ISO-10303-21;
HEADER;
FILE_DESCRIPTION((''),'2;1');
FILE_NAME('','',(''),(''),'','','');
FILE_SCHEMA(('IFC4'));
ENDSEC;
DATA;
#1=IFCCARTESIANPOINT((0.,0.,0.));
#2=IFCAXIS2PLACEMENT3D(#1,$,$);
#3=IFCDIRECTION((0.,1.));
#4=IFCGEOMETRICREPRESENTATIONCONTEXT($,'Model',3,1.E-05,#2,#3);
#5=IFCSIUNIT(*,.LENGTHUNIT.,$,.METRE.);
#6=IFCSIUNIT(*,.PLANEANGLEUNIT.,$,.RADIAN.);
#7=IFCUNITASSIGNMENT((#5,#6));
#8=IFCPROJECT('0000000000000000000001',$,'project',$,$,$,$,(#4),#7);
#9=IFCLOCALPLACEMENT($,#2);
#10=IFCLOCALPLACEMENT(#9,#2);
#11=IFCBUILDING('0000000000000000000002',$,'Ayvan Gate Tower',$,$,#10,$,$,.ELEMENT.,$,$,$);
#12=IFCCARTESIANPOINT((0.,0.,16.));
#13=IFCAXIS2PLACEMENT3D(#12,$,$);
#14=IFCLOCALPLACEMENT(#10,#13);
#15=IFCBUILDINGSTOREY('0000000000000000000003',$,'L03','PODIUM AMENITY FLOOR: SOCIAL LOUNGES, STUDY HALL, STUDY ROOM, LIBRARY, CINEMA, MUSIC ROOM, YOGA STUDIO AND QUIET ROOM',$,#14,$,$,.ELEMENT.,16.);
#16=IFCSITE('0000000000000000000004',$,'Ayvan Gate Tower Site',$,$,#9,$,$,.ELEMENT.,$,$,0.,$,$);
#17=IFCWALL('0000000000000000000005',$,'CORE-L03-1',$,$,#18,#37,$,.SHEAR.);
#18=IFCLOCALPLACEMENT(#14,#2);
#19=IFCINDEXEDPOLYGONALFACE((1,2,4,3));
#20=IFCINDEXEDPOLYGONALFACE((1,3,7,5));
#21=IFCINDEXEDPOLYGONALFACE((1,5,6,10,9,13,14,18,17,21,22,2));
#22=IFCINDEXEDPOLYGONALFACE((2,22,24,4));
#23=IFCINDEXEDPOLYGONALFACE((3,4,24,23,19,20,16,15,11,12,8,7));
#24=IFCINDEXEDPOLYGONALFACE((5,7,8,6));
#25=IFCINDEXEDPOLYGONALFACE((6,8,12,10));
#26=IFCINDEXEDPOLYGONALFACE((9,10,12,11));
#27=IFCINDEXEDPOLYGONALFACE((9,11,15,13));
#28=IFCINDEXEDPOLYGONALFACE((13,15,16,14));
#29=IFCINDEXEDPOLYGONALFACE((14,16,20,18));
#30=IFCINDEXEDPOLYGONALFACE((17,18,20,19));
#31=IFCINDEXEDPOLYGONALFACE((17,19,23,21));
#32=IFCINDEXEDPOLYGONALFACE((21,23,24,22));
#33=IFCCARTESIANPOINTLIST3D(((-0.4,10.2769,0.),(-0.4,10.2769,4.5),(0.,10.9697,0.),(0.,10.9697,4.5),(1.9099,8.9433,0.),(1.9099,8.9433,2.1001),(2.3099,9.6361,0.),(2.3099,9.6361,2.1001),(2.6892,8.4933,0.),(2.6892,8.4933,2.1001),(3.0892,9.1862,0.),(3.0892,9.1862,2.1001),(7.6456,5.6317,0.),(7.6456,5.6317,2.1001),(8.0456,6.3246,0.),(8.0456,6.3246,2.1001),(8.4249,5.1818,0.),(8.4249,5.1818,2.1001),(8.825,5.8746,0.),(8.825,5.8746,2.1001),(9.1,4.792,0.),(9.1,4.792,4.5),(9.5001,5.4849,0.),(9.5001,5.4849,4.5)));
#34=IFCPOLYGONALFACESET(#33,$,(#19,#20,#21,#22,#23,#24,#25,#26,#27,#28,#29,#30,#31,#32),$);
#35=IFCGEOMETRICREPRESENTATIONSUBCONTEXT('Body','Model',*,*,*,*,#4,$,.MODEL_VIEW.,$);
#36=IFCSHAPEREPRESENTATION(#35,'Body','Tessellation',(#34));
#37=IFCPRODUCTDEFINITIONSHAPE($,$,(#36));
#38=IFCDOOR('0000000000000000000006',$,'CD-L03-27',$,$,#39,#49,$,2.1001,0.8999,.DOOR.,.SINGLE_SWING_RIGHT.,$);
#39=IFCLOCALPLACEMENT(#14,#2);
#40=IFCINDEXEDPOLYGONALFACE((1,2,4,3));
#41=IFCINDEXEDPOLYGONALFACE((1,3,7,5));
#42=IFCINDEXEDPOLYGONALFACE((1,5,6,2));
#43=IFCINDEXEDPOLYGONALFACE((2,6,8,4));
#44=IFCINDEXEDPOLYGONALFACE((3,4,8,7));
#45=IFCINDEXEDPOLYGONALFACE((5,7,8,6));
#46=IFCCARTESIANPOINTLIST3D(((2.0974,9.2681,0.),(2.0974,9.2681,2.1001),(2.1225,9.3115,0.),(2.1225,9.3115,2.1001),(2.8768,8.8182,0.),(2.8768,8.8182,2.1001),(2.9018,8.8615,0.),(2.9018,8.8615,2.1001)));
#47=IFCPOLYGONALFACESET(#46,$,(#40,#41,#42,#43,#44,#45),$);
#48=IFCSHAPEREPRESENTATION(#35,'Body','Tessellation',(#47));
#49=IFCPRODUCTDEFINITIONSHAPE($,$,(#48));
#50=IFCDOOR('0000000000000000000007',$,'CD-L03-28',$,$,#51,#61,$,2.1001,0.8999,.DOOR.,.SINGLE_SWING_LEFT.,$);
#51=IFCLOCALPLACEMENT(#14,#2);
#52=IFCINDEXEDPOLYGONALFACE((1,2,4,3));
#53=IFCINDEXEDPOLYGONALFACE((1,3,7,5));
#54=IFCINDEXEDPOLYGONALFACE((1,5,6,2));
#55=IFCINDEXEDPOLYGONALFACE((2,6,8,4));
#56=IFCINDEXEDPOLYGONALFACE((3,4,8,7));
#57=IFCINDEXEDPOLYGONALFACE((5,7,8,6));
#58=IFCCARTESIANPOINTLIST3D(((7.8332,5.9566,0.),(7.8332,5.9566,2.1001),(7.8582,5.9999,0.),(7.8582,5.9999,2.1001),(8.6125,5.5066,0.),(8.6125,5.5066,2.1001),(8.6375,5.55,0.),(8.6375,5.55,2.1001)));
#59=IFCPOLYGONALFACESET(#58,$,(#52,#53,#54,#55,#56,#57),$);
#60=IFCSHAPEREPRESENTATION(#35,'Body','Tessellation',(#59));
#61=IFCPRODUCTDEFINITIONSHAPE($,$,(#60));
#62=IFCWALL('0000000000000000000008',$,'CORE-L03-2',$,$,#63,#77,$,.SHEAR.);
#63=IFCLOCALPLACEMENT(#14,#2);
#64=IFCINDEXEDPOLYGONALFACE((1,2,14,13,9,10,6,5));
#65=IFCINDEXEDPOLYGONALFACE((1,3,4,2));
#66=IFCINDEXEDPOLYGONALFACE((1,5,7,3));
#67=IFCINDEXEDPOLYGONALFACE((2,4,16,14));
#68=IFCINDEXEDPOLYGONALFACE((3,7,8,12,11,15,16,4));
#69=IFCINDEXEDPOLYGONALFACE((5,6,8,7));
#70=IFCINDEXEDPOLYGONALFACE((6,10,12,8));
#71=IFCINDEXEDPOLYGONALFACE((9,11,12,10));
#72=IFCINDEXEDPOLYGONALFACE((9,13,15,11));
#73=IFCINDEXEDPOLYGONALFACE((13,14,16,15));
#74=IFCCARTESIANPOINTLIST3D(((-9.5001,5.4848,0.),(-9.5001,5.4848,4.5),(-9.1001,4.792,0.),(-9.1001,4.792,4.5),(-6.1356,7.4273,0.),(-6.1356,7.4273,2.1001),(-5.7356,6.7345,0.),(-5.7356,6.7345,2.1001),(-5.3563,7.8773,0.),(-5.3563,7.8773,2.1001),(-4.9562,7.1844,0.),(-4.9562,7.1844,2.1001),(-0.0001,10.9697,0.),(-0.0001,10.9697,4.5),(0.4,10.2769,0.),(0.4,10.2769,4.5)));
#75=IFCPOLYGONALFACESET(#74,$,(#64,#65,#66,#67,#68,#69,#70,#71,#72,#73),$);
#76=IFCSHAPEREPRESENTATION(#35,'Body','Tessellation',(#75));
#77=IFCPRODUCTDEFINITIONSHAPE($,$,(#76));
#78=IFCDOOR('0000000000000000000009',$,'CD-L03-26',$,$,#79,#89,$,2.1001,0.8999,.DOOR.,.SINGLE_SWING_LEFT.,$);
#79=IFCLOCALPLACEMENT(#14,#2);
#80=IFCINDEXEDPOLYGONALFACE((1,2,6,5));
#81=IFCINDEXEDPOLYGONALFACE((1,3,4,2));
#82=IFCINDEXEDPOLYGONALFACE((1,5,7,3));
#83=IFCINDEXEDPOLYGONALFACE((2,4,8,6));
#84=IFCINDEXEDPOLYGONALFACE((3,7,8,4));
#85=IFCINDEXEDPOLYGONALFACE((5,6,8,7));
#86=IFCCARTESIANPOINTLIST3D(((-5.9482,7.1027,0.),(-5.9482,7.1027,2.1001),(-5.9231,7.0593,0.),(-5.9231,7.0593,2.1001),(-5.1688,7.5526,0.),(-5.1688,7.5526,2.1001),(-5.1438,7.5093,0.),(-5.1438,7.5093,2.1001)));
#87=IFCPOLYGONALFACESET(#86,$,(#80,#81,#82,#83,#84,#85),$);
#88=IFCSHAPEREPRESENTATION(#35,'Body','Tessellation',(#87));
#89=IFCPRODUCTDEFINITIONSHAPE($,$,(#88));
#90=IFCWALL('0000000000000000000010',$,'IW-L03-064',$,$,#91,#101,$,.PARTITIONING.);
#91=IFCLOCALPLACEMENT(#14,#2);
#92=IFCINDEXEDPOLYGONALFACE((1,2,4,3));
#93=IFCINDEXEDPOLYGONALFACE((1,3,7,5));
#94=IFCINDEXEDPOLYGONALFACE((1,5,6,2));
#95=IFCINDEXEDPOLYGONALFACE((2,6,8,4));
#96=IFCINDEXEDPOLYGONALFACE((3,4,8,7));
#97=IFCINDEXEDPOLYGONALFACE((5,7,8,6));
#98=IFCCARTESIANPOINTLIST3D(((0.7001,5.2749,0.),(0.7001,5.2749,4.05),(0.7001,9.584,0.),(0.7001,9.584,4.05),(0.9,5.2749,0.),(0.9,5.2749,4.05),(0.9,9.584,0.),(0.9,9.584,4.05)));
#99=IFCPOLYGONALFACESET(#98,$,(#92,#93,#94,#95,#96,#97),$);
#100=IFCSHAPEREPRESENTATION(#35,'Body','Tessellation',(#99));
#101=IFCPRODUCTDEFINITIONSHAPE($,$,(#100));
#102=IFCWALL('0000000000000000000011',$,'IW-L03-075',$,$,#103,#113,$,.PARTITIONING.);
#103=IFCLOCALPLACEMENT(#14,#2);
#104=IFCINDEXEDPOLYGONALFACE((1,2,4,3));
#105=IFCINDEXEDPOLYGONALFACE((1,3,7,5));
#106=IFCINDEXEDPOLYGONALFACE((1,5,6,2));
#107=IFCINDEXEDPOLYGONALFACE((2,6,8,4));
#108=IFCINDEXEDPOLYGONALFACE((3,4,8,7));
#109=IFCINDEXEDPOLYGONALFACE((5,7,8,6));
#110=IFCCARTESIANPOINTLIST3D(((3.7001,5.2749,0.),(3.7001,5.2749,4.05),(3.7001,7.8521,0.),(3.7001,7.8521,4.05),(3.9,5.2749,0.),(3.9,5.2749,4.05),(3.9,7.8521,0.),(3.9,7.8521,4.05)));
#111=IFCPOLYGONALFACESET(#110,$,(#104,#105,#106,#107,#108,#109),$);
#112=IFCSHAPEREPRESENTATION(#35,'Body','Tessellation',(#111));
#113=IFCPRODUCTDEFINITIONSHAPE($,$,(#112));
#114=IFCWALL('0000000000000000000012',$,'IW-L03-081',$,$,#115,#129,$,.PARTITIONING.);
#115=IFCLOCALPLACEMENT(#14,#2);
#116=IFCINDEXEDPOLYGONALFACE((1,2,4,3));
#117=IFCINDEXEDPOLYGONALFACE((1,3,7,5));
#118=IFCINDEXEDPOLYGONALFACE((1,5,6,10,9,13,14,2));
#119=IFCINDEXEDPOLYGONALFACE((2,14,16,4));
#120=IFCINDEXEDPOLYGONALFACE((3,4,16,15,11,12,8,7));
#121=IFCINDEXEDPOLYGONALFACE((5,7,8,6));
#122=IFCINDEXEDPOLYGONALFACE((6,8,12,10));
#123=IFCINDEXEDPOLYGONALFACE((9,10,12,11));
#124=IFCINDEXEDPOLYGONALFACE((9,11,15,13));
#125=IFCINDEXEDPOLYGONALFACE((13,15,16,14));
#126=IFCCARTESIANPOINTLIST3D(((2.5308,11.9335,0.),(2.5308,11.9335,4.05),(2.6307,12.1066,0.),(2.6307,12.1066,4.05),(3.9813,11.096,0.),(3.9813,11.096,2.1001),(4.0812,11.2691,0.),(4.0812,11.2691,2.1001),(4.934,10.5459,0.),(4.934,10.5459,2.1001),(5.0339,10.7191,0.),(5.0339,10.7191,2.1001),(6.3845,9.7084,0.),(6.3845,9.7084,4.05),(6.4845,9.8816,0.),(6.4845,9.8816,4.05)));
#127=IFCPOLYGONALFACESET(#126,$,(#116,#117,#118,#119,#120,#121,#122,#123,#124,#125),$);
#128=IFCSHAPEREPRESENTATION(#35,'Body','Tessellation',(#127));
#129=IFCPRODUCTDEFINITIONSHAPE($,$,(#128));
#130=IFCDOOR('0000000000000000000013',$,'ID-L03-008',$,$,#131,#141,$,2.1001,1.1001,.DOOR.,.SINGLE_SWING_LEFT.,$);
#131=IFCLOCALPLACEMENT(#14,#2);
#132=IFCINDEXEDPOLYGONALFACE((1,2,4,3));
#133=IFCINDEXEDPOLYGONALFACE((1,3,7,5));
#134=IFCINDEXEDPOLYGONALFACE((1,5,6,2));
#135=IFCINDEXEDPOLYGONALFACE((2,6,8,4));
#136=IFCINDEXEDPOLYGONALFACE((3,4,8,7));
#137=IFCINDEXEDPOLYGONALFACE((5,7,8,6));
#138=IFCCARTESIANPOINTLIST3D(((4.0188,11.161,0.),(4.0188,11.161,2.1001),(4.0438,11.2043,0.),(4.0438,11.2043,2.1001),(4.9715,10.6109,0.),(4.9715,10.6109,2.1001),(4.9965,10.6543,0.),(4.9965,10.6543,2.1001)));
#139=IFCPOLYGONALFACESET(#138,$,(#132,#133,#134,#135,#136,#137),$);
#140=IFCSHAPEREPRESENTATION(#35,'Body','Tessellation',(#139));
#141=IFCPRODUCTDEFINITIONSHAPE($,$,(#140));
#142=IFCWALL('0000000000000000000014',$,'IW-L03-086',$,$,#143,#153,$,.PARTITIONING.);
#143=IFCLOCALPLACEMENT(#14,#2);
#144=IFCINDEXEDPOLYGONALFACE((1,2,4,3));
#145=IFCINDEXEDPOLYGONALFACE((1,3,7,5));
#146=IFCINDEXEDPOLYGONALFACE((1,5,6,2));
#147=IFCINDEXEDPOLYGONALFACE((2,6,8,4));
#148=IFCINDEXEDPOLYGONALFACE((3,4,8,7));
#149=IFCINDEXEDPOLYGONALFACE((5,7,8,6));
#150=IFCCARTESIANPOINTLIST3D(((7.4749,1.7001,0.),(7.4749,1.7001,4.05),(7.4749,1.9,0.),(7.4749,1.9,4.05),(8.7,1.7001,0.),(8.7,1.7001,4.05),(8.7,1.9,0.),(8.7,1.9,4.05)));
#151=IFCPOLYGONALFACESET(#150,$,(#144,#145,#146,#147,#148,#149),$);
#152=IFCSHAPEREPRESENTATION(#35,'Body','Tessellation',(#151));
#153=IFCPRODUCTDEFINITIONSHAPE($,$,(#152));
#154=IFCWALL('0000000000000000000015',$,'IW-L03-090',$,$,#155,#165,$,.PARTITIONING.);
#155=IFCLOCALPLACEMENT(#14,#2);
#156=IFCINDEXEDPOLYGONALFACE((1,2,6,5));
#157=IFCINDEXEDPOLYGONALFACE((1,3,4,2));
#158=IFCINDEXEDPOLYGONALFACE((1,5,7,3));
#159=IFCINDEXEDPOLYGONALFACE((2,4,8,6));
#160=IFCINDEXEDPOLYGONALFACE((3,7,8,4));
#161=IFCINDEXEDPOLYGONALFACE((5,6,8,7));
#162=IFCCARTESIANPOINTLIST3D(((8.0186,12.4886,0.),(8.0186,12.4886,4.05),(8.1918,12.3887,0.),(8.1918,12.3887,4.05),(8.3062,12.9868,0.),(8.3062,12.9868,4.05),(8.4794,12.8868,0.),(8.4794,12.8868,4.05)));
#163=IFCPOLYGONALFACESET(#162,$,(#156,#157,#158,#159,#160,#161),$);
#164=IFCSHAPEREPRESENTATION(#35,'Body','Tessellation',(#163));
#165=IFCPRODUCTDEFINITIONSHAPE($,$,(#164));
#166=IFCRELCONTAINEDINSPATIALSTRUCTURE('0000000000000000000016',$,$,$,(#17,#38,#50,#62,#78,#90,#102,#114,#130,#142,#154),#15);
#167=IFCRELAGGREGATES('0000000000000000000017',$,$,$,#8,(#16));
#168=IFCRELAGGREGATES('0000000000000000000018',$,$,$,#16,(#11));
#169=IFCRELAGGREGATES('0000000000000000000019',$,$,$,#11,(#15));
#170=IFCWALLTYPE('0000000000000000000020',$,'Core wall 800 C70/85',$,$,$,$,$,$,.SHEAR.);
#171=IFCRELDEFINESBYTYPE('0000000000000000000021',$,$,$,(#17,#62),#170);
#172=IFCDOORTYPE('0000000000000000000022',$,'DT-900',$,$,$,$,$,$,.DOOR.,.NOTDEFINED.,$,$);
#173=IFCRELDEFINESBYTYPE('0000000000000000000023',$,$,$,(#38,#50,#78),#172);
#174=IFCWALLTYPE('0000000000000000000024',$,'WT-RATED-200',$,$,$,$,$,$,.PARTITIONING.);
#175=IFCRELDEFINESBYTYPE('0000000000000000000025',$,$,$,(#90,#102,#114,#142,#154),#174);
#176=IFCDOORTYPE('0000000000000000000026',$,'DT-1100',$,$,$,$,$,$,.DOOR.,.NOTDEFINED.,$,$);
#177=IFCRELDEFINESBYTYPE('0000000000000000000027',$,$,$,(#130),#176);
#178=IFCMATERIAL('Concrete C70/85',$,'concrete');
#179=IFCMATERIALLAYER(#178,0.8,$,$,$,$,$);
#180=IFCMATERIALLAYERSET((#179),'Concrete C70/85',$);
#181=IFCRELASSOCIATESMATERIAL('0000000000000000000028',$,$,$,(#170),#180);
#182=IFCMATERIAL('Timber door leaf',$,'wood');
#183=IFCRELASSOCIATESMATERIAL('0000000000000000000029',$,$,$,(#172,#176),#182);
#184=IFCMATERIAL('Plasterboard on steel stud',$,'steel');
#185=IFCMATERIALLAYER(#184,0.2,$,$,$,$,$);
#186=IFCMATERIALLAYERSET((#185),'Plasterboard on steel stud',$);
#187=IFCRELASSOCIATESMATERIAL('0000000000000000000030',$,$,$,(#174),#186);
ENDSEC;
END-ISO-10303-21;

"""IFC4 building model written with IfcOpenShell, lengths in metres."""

from ifc_helpers import new_model, si_unit, direction, frame, frame_2d, origin, place, context, subcontext, project, spatial, rectangle, extrude, material, layer, layer_set, type_object, element, fill, save


model = new_model("IFC4")

# Units and contexts
model_context = context("Model", 3, precision=1e-05, world=origin(), true_north=direction((0.0, 1.0)))
body_context = subcontext(model_context, "Body", "Model", "MODEL_VIEW")
ifc_project = project(units=[si_unit("LENGTHUNIT", "METRE"), si_unit("PLANEANGLEUNIT", "RADIAN")], contexts=[model_context])

# Site, building, storey
site_placement = place(None, origin())
site = spatial("IfcSite", under=ifc_project, at=site_placement, Name="Ayvan Gate Tower Site", CompositionType="ELEMENT", RefElevation=0.0)
building_placement = place(site_placement, origin())
building = spatial("IfcBuilding", under=site, at=building_placement, Name="Ayvan Gate Tower", CompositionType="ELEMENT")
storey_placement = place(building_placement, frame((0.0, 0.0, 16.0)))
storey = spatial("IfcBuildingStorey", under=building, at=storey_placement, Name="L03", Description="PODIUM AMENITY FLOOR: SOCIAL LOUNGES, STUDY HALL, STUDY ROOM, LIBRARY, CINEMA, MUSIC ROOM, YOGA STUDIO AND QUIET ROOM", CompositionType="ELEMENT", Elevation=16.0)

# Wall, openings, doors
ifc_material_1 = material(Name="Concrete C70/85", Category="concrete")
ifc_layer_1 = layer(ifc_material_1, 0.8)
ifc_layer_set_1 = layer_set([ifc_layer_1], Name="Concrete C70/85")
wall_type_1 = type_object("IfcWallType", Name="Core wall 800 C70/85", PredefinedType="SHEAR", material=ifc_layer_set_1)
wall_1_placement = place(storey_placement, frame((9.3, 5.1384, 0.0), z_axis=(0.0, 0.0, 1.0), x_axis=(-0.866024, 0.500002, 0.0)))
wall_1 = element("IfcWall", 1, at=wall_1_placement, inside=storey, type_object=wall_type_1, Name="CORE-L03-1", PredefinedType="SHEAR", context=body_context, shape_type="SweptSolid", body=[
    extrude(rectangle(XDim=10.9697, YDim=0.8, at=frame_2d((5.4849, 0.0))), origin(), (0.0, 0.0, 1.0), 4.5),
])
opening_1_placement = place(wall_1_placement, frame((7.4026, 0.0, 0.0)))
opening_1 = element("IfcOpeningElement", 2, at=opening_1_placement, cuts=wall_1, PredefinedType="OPENING", context=body_context, shape_type="SweptSolid", body=[
    extrude(rectangle(XDim=0.8999, YDim=2.1001, at=frame_2d((0.45, 1.05))), frame((0.0, 0.4099, 0.0), z_axis=(0.0, -1.0, 0.0), x_axis=(1.0, 0.0, 0.0)), (0.0, 0.0, 1.0), 0.8201),
])
opening_2_placement = place(wall_1_placement, frame((0.7795, 0.0, 0.0)))
opening_2 = element("IfcOpeningElement", 3, at=opening_2_placement, cuts=wall_1, PredefinedType="OPENING", context=body_context, shape_type="SweptSolid", body=[
    extrude(rectangle(XDim=0.8999, YDim=2.1001, at=frame_2d((0.45, 1.05))), frame((0.0, 0.4099, 0.0), z_axis=(0.0, -1.0, 0.0), x_axis=(1.0, 0.0, 0.0)), (0.0, 0.0, 1.0), 0.8201),
])
ifc_material_2 = material(Name="Timber door leaf", Category="wood")
door_type_1 = type_object("IfcDoorType", Name="DT-900", OperationType="NOTDEFINED", PredefinedType="DOOR", material=ifc_material_2)
door_1_placement = place(opening_1_placement, origin())
door_1 = element("IfcDoor", 4, at=door_1_placement, inside=storey, type_object=door_type_1, Name="CD-L03-27", OperationType="SINGLE_SWING_RIGHT", OverallHeight=2.1001, OverallWidth=0.8999, PredefinedType="DOOR", context=body_context, shape_type="SweptSolid", body=[
    extrude(rectangle(XDim=0.8999, YDim=2.1001, at=frame_2d((0.45, 1.05))), frame((0.0, 0.0249, 0.0), z_axis=(0.0, -1.0, 0.0), x_axis=(1.0, 0.0, 0.0)), (0.0, 0.0, 1.0), 0.05),
])
fill(opening_1, door_1)
door_2_placement = place(opening_2_placement, origin())
door_2 = element("IfcDoor", 5, at=door_2_placement, inside=storey, type_object=door_type_1, Name="CD-L03-28", OperationType="SINGLE_SWING_LEFT", OverallHeight=2.1001, OverallWidth=0.8999, PredefinedType="DOOR", context=body_context, shape_type="SweptSolid", body=[
    extrude(rectangle(XDim=0.8999, YDim=2.1001, at=frame_2d((0.45, 1.05))), frame((0.0, 0.0249, 0.0), z_axis=(0.0, -1.0, 0.0), x_axis=(1.0, 0.0, 0.0)), (0.0, 0.0, 1.0), 0.05),
])
fill(opening_2, door_2)

# Wall, opening, door
wall_2_placement = place(storey_placement, frame((0.2, 10.6233, 0.0), z_axis=(0.0, 0.0, 1.0), x_axis=(-0.866024, -0.500002, 0.0)))
wall_2 = element("IfcWall", 6, at=wall_2_placement, inside=storey, type_object=wall_type_1, Name="CORE-L03-2", PredefinedType="SHEAR", context=body_context, shape_type="SweptSolid", body=[
    extrude(rectangle(XDim=10.9697, YDim=0.8, at=frame_2d((5.4849, 0.0))), origin(), (0.0, 0.0, 1.0), 4.5),
])
opening_3_placement = place(wall_2_placement, frame((6.1848, 0.0, 0.0)))
opening_3 = element("IfcOpeningElement", 7, at=opening_3_placement, cuts=wall_2, PredefinedType="OPENING", context=body_context, shape_type="SweptSolid", body=[
    extrude(rectangle(XDim=0.8999, YDim=2.1001, at=frame_2d((0.45, 1.05))), frame((0.0, 0.4099, 0.0), z_axis=(0.0, -1.0, 0.0), x_axis=(1.0, 0.0, 0.0)), (0.0, 0.0, 1.0), 0.8201),
])
door_3_placement = place(opening_3_placement, origin())
door_3 = element("IfcDoor", 8, at=door_3_placement, inside=storey, type_object=door_type_1, Name="CD-L03-26", OperationType="SINGLE_SWING_LEFT", OverallHeight=2.1001, OverallWidth=0.8999, PredefinedType="DOOR", context=body_context, shape_type="SweptSolid", body=[
    extrude(rectangle(XDim=0.8999, YDim=2.1001, at=frame_2d((0.45, 1.05))), frame((0.0, 0.0249, 0.0), z_axis=(0.0, -1.0, 0.0), x_axis=(1.0, 0.0, 0.0)), (0.0, 0.0, 1.0), 0.05),
])
fill(opening_3, door_3)

# Walls
ifc_material_3 = material(Name="Plasterboard on steel stud", Category="steel")
ifc_layer_2 = layer(ifc_material_3, 0.2)
ifc_layer_set_2 = layer_set([ifc_layer_2], Name="Plasterboard on steel stud")
wall_type_2 = type_object("IfcWallType", Name="WT-RATED-200", PredefinedType="PARTITIONING", material=ifc_layer_set_2)
wall_3_placement = place(storey_placement, frame((0.8, 9.584, 0.0), z_axis=(0.0, 0.0, 1.0), x_axis=(0.0, -1.0, 0.0)))
element("IfcWall", 9, at=wall_3_placement, inside=storey, type_object=wall_type_2, Name="IW-L03-064", PredefinedType="PARTITIONING", context=body_context, shape_type="SweptSolid", body=[
    extrude(rectangle(XDim=4.3091, YDim=0.2, at=frame_2d((2.1545, 0.0))), origin(), (0.0, 0.0, 1.0), 4.05),
])
wall_4_placement = place(storey_placement, frame((3.8, 7.8521, 0.0), z_axis=(0.0, 0.0, 1.0), x_axis=(0.0, -1.0, 0.0)))
element("IfcWall", 10, at=wall_4_placement, inside=storey, type_object=wall_type_2, Name="IW-L03-075", PredefinedType="PARTITIONING", context=body_context, shape_type="SweptSolid", body=[
    extrude(rectangle(XDim=2.5771, YDim=0.2, at=frame_2d((1.2886, 0.0))), origin(), (0.0, 0.0, 1.0), 4.05),
])

# Wall, opening, door
wall_5_placement = place(storey_placement, frame((6.4346, 9.7949, 0.0), z_axis=(0.0, 0.0, 1.0), x_axis=(-0.866013, 0.500022, 0.0)))
wall_5 = element("IfcWall", 11, at=wall_5_placement, inside=storey, type_object=wall_type_2, Name="IW-L03-081", PredefinedType="PARTITIONING", context=body_context, shape_type="SweptSolid", body=[
    extrude(rectangle(XDim=4.45, YDim=0.2, at=frame_2d((2.2251, 0.0))), origin(), (0.0, 0.0, 1.0), 4.05),
])
opening_4_placement = place(wall_5_placement, frame((1.675, 0.0, 0.0)))
opening_4 = element("IfcOpeningElement", 12, at=opening_4_placement, cuts=wall_5, PredefinedType="OPENING", context=body_context, shape_type="SweptSolid", body=[
    extrude(rectangle(XDim=1.1001, YDim=2.1001, at=frame_2d((0.55, 1.05))), frame((0.0, 0.1099, 0.0), z_axis=(0.0, -1.0, 0.0), x_axis=(1.0, 0.0, 0.0)), (0.0, 0.0, 1.0), 0.22),
])
door_type_2 = type_object("IfcDoorType", Name="DT-1100", OperationType="NOTDEFINED", PredefinedType="DOOR", material=ifc_material_2)
door_4_placement = place(opening_4_placement, origin())
door_4 = element("IfcDoor", 13, at=door_4_placement, inside=storey, type_object=door_type_2, Name="ID-L03-008", OperationType="SINGLE_SWING_LEFT", OverallHeight=2.1001, OverallWidth=1.1001, PredefinedType="DOOR", context=body_context, shape_type="SweptSolid", body=[
    extrude(rectangle(XDim=1.1001, YDim=2.1001, at=frame_2d((0.55, 1.05))), frame((0.0, 0.0249, 0.0), z_axis=(0.0, -1.0, 0.0), x_axis=(1.0, 0.0, 0.0)), (0.0, 0.0, 1.0), 0.05),
])
fill(opening_4, door_4)

# Walls
wall_6_placement = place(storey_placement, frame((7.4749, 1.8, 0.0), z_axis=(0.0, 0.0, 1.0), x_axis=(1.0, 0.0, 0.0)))
element("IfcWall", 14, at=wall_6_placement, inside=storey, type_object=wall_type_2, Name="IW-L03-086", PredefinedType="PARTITIONING", context=body_context, shape_type="SweptSolid", body=[
    extrude(rectangle(XDim=1.2251, YDim=0.2, at=frame_2d((0.6125, 0.0))), origin(), (0.0, 0.0, 1.0), 4.05),
])
wall_7_placement = place(storey_placement, frame((8.3928, 12.9368, 0.0), z_axis=(0.0, 0.0, 1.0), x_axis=(-0.500065, -0.865988, 0.0)))
element("IfcWall", 15, at=wall_7_placement, inside=storey, type_object=wall_type_2, Name="IW-L03-090", PredefinedType="PARTITIONING", context=body_context, shape_type="SweptSolid", body=[
    extrude(rectangle(XDim=0.5752, YDim=0.2, at=frame_2d((0.2876, 0.0))), origin(), (0.0, 0.0, 1.0), 4.05),
])

save(model, "model.ifc")
